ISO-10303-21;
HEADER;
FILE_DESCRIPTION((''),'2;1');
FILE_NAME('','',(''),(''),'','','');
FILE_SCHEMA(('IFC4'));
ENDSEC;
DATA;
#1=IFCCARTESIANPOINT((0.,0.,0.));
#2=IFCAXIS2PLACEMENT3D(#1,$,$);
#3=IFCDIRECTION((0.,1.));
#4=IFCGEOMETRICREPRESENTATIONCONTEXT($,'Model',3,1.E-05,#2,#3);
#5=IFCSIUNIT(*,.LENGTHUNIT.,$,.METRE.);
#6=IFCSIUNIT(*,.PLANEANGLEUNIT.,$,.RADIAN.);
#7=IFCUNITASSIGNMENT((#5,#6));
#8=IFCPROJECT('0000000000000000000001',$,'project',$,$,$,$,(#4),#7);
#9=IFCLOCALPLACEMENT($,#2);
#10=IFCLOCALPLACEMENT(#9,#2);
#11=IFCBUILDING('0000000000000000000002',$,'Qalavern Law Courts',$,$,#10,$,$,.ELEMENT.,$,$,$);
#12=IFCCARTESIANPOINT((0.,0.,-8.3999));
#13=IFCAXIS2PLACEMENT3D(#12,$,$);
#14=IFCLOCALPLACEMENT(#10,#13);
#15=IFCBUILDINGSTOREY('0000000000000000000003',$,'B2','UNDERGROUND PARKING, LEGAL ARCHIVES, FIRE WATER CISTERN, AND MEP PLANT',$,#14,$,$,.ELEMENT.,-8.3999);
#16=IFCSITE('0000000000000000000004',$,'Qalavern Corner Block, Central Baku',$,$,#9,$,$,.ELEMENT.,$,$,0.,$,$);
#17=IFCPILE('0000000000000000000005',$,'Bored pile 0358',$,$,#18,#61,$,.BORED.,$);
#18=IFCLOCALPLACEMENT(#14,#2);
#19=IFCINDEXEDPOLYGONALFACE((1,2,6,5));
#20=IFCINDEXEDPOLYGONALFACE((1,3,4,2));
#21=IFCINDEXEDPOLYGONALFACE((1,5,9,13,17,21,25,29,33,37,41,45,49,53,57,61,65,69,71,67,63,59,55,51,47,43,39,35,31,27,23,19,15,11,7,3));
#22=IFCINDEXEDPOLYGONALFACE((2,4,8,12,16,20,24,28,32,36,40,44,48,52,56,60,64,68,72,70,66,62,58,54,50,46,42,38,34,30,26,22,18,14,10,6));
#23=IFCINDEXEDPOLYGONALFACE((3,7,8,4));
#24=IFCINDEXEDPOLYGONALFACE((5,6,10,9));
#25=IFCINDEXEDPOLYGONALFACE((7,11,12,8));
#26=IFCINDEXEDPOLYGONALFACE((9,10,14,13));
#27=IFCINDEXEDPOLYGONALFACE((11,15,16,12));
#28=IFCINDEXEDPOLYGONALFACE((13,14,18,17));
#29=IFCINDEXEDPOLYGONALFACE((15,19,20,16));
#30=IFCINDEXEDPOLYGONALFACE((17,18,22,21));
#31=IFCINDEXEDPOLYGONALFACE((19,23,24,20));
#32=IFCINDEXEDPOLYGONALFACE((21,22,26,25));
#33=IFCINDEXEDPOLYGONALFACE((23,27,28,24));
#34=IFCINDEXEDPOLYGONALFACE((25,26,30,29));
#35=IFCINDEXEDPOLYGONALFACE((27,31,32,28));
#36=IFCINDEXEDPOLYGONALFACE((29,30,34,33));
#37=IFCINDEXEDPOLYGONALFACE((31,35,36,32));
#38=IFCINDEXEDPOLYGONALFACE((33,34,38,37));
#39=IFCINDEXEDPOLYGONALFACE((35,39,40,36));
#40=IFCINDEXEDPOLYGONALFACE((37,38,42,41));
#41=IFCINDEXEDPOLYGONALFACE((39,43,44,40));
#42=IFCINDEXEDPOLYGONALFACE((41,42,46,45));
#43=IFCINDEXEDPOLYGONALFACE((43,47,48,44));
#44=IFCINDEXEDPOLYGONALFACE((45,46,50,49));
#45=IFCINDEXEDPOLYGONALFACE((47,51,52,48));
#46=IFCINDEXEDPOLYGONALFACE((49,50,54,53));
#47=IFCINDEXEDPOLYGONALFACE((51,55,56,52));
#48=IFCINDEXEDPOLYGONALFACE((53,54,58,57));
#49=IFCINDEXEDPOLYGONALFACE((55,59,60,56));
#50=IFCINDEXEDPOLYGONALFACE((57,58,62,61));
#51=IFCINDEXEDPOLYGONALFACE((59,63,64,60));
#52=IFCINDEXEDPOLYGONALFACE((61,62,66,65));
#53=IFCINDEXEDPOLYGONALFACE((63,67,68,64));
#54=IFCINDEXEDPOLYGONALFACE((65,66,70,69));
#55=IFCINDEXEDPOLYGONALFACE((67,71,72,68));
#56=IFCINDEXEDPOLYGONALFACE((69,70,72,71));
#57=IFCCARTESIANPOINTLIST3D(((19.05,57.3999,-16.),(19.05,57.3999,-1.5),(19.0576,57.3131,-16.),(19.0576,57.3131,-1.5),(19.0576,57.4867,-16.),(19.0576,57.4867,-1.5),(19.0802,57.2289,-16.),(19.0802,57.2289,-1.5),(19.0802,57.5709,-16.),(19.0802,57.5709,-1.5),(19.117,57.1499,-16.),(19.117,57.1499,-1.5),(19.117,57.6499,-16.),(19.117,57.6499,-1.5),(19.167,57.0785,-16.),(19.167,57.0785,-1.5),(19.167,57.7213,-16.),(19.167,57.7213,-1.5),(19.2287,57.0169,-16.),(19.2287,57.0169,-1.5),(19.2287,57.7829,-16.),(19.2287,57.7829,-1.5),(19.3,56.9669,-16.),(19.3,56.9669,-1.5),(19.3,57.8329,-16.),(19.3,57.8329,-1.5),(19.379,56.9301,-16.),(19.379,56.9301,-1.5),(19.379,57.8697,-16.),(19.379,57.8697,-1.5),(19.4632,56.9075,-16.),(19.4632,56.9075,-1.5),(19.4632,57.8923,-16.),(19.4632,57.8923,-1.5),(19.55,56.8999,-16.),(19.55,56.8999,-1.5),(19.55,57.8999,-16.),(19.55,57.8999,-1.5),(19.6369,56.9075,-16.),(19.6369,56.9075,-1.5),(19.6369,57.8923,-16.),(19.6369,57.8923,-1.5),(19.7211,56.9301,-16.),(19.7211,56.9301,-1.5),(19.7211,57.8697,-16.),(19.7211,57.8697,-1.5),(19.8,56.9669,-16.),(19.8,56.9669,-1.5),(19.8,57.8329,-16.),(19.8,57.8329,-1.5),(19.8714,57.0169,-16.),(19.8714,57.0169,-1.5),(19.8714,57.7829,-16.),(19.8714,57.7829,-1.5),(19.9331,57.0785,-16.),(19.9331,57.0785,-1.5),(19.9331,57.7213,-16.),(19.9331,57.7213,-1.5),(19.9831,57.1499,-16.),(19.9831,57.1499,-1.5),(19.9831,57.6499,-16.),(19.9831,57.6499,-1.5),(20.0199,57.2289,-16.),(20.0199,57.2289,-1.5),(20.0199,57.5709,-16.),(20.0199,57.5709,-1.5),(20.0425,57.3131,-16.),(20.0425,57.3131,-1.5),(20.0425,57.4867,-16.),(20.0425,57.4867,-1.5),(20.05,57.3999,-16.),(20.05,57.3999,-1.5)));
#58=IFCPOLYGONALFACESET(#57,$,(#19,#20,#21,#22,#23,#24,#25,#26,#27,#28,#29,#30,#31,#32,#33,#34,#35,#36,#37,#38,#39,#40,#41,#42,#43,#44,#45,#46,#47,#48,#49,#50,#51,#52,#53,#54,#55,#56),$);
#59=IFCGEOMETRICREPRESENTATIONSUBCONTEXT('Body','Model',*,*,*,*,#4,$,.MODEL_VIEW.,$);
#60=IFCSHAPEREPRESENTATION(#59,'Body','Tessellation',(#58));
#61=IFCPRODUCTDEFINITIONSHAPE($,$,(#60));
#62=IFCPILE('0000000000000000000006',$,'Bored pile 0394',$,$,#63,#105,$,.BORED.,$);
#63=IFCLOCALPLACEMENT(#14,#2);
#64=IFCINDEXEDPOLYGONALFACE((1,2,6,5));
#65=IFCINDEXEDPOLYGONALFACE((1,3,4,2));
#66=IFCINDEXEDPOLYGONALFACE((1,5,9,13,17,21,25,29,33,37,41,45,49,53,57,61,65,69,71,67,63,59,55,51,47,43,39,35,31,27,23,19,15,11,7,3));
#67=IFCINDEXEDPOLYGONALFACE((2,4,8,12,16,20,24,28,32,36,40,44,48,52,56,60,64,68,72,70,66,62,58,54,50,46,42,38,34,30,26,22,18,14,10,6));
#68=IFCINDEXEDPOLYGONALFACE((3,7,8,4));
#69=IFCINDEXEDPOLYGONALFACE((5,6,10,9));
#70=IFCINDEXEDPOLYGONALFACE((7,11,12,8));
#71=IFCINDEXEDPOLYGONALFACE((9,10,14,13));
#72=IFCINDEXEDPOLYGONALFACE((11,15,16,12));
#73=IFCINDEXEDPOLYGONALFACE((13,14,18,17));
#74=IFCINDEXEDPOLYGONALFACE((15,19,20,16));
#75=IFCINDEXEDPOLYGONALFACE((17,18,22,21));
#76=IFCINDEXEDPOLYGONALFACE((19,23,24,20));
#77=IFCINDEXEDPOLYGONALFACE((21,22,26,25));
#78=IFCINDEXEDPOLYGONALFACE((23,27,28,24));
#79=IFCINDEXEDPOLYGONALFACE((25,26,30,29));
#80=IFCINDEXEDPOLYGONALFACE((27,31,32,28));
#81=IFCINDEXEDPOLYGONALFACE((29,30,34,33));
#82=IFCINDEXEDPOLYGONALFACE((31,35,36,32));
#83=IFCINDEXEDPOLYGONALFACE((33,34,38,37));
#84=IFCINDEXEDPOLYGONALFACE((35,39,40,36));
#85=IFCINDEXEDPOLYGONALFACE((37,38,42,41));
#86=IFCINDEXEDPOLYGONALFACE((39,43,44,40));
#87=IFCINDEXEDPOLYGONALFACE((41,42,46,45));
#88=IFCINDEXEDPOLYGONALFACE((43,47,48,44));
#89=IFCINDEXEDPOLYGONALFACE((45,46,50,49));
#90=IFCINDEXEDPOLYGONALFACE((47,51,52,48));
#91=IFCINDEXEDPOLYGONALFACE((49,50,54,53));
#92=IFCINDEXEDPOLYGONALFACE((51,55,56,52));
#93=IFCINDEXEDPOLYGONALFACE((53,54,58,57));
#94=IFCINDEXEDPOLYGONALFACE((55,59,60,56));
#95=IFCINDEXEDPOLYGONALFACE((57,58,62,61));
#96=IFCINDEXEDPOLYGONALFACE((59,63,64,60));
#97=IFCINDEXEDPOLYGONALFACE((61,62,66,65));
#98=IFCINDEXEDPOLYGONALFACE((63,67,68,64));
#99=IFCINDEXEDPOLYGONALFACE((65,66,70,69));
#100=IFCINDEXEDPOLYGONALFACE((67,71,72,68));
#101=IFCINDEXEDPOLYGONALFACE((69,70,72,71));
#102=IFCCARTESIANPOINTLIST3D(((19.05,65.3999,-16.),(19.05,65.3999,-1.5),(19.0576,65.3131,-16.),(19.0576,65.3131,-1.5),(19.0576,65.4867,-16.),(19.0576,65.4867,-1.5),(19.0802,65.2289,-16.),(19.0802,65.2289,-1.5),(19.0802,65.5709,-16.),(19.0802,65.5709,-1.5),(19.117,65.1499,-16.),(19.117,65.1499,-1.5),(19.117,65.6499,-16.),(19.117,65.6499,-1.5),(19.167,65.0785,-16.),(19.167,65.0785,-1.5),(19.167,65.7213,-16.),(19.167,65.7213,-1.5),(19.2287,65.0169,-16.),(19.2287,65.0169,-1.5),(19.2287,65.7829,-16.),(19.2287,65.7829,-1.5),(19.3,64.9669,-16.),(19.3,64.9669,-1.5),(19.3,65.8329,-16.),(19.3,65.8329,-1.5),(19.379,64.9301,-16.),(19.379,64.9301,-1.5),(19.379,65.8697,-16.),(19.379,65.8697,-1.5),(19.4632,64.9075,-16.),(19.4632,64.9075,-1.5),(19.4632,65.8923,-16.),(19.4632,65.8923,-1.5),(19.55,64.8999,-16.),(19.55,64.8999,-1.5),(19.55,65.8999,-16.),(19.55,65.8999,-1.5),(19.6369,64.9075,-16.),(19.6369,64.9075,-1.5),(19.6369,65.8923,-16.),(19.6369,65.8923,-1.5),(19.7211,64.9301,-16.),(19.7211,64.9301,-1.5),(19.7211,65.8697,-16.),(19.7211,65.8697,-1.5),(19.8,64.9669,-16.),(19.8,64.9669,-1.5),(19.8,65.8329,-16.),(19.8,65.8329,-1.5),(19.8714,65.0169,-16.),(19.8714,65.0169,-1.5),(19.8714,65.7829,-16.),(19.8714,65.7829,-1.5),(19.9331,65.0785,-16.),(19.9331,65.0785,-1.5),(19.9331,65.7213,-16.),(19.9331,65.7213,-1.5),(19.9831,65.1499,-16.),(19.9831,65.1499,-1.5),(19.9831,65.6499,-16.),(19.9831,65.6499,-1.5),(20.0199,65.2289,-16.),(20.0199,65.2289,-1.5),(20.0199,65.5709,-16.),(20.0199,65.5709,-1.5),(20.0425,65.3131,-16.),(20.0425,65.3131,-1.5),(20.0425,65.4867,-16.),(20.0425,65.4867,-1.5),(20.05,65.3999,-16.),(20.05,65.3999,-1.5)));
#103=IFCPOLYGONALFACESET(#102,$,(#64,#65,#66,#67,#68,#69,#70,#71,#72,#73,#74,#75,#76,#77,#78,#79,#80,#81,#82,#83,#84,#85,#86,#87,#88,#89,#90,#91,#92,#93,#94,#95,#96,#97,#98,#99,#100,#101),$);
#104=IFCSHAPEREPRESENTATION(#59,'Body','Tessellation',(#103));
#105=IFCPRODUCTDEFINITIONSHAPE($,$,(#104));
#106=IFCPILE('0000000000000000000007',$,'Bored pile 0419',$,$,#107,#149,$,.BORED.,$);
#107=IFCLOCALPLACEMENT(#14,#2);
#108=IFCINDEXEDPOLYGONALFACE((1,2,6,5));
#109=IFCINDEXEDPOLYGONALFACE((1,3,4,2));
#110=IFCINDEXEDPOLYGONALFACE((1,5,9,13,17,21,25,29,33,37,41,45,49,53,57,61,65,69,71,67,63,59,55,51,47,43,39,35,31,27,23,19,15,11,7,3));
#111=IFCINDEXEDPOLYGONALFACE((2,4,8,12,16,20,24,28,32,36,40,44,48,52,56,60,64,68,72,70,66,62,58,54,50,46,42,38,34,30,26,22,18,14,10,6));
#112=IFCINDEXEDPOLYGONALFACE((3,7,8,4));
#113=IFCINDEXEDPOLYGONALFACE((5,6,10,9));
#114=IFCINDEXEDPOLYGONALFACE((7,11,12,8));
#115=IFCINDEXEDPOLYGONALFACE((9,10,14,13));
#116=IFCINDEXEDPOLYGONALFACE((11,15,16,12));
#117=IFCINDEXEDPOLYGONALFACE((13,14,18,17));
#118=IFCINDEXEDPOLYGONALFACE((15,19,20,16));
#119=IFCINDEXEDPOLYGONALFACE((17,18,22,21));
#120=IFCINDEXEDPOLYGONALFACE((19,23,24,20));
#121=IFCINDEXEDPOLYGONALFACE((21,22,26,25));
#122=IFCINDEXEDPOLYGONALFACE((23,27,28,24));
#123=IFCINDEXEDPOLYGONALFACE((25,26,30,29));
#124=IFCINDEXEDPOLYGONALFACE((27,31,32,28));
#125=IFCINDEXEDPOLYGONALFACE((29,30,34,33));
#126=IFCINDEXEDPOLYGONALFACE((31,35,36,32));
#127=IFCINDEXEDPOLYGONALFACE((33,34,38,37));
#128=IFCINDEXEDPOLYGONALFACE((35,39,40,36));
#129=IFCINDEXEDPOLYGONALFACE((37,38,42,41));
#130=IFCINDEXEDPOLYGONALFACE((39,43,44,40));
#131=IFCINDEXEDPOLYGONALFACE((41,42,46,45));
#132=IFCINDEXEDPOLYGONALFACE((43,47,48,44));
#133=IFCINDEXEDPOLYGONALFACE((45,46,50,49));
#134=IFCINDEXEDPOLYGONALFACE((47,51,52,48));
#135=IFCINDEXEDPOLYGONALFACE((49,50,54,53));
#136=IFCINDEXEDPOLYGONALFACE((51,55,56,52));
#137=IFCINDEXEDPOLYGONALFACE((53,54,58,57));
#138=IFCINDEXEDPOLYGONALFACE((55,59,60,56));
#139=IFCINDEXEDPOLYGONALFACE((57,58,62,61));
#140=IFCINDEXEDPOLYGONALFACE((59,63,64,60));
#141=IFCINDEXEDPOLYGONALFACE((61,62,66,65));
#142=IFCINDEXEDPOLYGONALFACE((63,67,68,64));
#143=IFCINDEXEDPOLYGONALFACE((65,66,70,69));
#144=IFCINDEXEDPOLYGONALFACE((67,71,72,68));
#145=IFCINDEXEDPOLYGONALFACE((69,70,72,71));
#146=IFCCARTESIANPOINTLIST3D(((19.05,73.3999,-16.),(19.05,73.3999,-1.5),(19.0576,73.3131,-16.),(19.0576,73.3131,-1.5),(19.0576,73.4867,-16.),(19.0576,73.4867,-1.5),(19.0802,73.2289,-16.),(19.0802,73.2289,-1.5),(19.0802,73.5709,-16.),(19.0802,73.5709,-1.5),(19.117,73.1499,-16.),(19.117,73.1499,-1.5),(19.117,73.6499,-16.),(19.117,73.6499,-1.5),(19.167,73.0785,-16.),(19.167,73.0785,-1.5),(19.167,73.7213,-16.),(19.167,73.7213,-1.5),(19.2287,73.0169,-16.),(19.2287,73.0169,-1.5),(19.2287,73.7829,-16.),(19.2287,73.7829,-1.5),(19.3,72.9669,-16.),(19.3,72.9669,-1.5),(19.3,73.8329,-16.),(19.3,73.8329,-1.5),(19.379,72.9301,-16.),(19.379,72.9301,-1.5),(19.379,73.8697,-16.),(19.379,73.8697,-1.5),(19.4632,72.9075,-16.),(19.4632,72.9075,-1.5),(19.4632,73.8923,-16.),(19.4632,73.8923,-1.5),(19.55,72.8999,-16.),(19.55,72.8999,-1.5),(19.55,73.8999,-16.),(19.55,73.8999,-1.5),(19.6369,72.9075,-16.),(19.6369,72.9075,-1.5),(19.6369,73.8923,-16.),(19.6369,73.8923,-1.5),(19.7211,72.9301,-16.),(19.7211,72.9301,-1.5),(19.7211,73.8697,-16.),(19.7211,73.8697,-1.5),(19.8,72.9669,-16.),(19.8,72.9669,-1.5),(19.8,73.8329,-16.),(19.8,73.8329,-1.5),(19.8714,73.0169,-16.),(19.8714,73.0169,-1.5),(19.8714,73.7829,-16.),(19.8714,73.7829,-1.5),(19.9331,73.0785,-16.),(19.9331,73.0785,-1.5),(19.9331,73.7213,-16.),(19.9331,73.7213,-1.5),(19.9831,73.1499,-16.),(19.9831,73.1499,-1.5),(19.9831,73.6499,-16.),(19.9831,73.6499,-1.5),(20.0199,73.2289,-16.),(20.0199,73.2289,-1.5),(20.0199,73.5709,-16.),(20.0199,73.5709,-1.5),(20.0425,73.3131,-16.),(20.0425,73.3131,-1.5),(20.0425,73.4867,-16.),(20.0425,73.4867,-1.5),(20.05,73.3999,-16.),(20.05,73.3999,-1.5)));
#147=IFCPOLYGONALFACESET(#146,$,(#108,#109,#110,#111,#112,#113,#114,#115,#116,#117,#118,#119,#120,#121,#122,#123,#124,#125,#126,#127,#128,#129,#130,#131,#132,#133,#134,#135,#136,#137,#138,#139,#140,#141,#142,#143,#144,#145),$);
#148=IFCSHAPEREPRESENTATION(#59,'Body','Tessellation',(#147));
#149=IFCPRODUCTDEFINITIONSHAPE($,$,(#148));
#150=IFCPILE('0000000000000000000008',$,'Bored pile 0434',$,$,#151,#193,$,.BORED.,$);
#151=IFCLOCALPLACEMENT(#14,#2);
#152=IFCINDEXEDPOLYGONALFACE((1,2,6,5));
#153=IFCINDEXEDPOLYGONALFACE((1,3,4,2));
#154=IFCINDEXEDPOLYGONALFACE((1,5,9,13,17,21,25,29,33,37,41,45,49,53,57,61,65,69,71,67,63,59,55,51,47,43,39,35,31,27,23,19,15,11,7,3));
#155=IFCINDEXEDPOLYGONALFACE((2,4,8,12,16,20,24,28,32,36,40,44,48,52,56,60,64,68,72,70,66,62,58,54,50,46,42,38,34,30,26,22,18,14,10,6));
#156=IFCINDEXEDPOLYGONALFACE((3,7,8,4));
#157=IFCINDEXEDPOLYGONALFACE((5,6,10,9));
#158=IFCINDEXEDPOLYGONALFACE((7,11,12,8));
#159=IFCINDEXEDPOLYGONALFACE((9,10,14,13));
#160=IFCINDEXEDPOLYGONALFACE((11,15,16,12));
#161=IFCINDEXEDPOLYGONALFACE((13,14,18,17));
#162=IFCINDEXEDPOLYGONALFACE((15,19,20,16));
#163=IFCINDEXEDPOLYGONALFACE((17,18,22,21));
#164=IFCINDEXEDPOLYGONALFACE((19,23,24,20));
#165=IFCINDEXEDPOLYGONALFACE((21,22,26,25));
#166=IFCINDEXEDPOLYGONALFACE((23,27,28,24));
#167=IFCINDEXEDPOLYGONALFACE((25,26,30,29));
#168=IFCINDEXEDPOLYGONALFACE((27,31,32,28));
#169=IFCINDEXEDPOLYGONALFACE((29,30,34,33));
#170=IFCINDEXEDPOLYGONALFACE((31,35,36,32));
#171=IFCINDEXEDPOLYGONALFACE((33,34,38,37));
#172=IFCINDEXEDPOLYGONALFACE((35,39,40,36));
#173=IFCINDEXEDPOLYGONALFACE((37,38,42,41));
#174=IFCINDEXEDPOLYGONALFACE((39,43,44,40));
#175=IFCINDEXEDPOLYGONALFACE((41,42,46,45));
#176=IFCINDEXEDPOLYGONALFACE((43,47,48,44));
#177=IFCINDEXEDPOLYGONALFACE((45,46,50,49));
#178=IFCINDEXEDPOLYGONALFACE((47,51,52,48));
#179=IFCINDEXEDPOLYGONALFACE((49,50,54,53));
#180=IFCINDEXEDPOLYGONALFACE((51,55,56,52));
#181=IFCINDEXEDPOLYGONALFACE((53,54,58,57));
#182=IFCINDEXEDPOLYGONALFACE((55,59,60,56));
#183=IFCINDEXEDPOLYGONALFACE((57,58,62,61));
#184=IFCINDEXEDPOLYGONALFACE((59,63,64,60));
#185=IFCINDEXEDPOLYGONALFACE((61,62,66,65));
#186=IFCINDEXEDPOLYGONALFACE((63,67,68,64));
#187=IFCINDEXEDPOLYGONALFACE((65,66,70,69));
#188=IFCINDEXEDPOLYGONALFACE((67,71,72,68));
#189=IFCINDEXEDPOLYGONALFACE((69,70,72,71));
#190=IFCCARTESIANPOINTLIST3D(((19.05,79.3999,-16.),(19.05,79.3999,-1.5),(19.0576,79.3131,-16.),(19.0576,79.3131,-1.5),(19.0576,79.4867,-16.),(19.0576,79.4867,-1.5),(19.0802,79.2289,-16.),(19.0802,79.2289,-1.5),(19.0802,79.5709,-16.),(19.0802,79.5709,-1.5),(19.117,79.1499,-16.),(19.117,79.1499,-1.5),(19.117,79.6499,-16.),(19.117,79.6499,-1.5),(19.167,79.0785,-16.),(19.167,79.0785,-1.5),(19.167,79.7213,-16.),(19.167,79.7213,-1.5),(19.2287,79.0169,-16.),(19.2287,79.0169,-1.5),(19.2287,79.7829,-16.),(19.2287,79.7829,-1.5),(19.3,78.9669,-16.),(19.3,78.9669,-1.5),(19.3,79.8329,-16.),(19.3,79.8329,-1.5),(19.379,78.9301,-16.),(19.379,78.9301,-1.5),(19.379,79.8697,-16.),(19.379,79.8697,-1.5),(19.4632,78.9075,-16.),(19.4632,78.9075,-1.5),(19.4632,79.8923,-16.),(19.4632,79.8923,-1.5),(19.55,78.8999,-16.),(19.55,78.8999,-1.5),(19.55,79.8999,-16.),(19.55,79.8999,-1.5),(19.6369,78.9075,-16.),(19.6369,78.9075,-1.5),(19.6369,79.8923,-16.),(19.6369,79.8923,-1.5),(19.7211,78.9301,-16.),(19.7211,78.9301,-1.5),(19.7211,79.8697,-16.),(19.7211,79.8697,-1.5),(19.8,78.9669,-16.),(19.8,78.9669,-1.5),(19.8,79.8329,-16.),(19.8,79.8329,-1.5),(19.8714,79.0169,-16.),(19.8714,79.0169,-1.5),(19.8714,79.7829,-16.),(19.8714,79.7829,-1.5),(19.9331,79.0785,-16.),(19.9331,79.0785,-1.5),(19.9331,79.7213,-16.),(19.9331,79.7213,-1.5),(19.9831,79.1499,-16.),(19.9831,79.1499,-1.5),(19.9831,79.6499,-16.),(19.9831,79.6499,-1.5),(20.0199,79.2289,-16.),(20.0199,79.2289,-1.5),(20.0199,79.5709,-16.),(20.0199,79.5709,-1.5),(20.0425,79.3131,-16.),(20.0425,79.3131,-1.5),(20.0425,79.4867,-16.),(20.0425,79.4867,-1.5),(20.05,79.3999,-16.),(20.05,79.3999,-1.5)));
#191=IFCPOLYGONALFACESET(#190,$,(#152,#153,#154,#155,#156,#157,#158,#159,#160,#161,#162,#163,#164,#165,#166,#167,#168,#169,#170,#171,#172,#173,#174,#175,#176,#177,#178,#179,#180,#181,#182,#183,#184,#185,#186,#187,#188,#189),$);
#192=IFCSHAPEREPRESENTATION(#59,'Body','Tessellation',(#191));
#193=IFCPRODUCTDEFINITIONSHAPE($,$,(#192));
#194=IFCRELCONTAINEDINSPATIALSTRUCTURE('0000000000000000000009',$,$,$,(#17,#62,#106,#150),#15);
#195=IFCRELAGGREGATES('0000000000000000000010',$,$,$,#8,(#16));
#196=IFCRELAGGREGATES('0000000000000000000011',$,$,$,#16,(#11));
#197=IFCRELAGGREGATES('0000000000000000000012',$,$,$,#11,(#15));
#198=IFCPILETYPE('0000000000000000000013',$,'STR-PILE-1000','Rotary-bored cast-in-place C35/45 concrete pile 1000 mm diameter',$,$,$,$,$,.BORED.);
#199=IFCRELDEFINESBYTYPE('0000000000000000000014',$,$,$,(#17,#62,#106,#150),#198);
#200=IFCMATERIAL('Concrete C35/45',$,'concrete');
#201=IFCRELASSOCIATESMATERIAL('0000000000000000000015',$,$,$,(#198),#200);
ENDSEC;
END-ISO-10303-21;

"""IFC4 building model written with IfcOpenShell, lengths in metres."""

from ifc_helpers import new_model, si_unit, direction, frame, origin, origin_2d, place, context, subcontext, project, spatial, circle, extrude, material, material_profile, profile_set, type_object, element, save


model = new_model("IFC4")

# Units and contexts
model_context = context("Model", 3, precision=1e-05, world=origin(), true_north=direction((0.0, 1.0)))
body_context = subcontext(model_context, "Body", "Model", "MODEL_VIEW")
ifc_project = project(units=[si_unit("LENGTHUNIT", "METRE"), si_unit("PLANEANGLEUNIT", "RADIAN")], contexts=[model_context])

# Site, building, storey
site_placement = place(None, origin())
site = spatial("IfcSite", under=ifc_project, at=site_placement, Name="Qalavern Corner Block, Central Baku", CompositionType="ELEMENT", RefElevation=0.0)
building_placement = place(site_placement, origin())
building = spatial("IfcBuilding", under=site, at=building_placement, Name="Qalavern Law Courts", CompositionType="ELEMENT")
storey_placement = place(building_placement, frame((0.0, 0.0, -8.3999)))
storey = spatial("IfcBuildingStorey", under=building, at=storey_placement, Name="B2", Description="UNDERGROUND PARKING, LEGAL ARCHIVES, FIRE WATER CISTERN, AND MEP PLANT", CompositionType="ELEMENT", Elevation=-8.3999)

# Shared definitions
ifc_material_1 = material(Name="Concrete C35/45", Category="concrete")

# Piles
ifc_material_profile_1 = material_profile(ifc_material_1, circle(Radius=0.5, at=origin_2d()), Name="BORED PILE 1000")
ifc_profile_set_1 = profile_set([ifc_material_profile_1], Name="Concrete C35/45")
pile_type_1 = type_object("IfcPileType", Name="STR-PILE-1000", Description="Rotary-bored cast-in-place C35/45 concrete pile 1000 mm diameter", PredefinedType="BORED", material=ifc_profile_set_1)
for number, where, z_axis, x_axis, name in (
    (1, (19.55, 57.3999, -1.5), (0.0, 0.0, -1.0), (1.0, 0.0, 0.0), "Bored pile 0358"),
    (2, (19.55, 65.3999, -1.5), (0.0, 0.0, -1.0), (1.0, 0.0, 0.0), "Bored pile 0394"),
    (3, (19.55, 73.3999, -1.5), (0.0, 0.0, -1.0), (1.0, 0.0, 0.0), "Bored pile 0419"),
    (4, (19.55, 79.3999, -1.5), (0.0, 0.0, -1.0), (1.0, 0.0, 0.0), "Bored pile 0434"),
):
    element("IfcPile", number, at=place(storey_placement, frame(where, z_axis=z_axis, x_axis=x_axis)), inside=storey, type_object=pile_type_1, Name=name, PredefinedType="BORED", context=body_context, shape_type="SweptSolid", body=[
        extrude(circle(Radius=0.5, at=origin_2d()), origin(), (0.0, 0.0, 1.0), 14.5),
    ])

save(model, "model.ifc")
